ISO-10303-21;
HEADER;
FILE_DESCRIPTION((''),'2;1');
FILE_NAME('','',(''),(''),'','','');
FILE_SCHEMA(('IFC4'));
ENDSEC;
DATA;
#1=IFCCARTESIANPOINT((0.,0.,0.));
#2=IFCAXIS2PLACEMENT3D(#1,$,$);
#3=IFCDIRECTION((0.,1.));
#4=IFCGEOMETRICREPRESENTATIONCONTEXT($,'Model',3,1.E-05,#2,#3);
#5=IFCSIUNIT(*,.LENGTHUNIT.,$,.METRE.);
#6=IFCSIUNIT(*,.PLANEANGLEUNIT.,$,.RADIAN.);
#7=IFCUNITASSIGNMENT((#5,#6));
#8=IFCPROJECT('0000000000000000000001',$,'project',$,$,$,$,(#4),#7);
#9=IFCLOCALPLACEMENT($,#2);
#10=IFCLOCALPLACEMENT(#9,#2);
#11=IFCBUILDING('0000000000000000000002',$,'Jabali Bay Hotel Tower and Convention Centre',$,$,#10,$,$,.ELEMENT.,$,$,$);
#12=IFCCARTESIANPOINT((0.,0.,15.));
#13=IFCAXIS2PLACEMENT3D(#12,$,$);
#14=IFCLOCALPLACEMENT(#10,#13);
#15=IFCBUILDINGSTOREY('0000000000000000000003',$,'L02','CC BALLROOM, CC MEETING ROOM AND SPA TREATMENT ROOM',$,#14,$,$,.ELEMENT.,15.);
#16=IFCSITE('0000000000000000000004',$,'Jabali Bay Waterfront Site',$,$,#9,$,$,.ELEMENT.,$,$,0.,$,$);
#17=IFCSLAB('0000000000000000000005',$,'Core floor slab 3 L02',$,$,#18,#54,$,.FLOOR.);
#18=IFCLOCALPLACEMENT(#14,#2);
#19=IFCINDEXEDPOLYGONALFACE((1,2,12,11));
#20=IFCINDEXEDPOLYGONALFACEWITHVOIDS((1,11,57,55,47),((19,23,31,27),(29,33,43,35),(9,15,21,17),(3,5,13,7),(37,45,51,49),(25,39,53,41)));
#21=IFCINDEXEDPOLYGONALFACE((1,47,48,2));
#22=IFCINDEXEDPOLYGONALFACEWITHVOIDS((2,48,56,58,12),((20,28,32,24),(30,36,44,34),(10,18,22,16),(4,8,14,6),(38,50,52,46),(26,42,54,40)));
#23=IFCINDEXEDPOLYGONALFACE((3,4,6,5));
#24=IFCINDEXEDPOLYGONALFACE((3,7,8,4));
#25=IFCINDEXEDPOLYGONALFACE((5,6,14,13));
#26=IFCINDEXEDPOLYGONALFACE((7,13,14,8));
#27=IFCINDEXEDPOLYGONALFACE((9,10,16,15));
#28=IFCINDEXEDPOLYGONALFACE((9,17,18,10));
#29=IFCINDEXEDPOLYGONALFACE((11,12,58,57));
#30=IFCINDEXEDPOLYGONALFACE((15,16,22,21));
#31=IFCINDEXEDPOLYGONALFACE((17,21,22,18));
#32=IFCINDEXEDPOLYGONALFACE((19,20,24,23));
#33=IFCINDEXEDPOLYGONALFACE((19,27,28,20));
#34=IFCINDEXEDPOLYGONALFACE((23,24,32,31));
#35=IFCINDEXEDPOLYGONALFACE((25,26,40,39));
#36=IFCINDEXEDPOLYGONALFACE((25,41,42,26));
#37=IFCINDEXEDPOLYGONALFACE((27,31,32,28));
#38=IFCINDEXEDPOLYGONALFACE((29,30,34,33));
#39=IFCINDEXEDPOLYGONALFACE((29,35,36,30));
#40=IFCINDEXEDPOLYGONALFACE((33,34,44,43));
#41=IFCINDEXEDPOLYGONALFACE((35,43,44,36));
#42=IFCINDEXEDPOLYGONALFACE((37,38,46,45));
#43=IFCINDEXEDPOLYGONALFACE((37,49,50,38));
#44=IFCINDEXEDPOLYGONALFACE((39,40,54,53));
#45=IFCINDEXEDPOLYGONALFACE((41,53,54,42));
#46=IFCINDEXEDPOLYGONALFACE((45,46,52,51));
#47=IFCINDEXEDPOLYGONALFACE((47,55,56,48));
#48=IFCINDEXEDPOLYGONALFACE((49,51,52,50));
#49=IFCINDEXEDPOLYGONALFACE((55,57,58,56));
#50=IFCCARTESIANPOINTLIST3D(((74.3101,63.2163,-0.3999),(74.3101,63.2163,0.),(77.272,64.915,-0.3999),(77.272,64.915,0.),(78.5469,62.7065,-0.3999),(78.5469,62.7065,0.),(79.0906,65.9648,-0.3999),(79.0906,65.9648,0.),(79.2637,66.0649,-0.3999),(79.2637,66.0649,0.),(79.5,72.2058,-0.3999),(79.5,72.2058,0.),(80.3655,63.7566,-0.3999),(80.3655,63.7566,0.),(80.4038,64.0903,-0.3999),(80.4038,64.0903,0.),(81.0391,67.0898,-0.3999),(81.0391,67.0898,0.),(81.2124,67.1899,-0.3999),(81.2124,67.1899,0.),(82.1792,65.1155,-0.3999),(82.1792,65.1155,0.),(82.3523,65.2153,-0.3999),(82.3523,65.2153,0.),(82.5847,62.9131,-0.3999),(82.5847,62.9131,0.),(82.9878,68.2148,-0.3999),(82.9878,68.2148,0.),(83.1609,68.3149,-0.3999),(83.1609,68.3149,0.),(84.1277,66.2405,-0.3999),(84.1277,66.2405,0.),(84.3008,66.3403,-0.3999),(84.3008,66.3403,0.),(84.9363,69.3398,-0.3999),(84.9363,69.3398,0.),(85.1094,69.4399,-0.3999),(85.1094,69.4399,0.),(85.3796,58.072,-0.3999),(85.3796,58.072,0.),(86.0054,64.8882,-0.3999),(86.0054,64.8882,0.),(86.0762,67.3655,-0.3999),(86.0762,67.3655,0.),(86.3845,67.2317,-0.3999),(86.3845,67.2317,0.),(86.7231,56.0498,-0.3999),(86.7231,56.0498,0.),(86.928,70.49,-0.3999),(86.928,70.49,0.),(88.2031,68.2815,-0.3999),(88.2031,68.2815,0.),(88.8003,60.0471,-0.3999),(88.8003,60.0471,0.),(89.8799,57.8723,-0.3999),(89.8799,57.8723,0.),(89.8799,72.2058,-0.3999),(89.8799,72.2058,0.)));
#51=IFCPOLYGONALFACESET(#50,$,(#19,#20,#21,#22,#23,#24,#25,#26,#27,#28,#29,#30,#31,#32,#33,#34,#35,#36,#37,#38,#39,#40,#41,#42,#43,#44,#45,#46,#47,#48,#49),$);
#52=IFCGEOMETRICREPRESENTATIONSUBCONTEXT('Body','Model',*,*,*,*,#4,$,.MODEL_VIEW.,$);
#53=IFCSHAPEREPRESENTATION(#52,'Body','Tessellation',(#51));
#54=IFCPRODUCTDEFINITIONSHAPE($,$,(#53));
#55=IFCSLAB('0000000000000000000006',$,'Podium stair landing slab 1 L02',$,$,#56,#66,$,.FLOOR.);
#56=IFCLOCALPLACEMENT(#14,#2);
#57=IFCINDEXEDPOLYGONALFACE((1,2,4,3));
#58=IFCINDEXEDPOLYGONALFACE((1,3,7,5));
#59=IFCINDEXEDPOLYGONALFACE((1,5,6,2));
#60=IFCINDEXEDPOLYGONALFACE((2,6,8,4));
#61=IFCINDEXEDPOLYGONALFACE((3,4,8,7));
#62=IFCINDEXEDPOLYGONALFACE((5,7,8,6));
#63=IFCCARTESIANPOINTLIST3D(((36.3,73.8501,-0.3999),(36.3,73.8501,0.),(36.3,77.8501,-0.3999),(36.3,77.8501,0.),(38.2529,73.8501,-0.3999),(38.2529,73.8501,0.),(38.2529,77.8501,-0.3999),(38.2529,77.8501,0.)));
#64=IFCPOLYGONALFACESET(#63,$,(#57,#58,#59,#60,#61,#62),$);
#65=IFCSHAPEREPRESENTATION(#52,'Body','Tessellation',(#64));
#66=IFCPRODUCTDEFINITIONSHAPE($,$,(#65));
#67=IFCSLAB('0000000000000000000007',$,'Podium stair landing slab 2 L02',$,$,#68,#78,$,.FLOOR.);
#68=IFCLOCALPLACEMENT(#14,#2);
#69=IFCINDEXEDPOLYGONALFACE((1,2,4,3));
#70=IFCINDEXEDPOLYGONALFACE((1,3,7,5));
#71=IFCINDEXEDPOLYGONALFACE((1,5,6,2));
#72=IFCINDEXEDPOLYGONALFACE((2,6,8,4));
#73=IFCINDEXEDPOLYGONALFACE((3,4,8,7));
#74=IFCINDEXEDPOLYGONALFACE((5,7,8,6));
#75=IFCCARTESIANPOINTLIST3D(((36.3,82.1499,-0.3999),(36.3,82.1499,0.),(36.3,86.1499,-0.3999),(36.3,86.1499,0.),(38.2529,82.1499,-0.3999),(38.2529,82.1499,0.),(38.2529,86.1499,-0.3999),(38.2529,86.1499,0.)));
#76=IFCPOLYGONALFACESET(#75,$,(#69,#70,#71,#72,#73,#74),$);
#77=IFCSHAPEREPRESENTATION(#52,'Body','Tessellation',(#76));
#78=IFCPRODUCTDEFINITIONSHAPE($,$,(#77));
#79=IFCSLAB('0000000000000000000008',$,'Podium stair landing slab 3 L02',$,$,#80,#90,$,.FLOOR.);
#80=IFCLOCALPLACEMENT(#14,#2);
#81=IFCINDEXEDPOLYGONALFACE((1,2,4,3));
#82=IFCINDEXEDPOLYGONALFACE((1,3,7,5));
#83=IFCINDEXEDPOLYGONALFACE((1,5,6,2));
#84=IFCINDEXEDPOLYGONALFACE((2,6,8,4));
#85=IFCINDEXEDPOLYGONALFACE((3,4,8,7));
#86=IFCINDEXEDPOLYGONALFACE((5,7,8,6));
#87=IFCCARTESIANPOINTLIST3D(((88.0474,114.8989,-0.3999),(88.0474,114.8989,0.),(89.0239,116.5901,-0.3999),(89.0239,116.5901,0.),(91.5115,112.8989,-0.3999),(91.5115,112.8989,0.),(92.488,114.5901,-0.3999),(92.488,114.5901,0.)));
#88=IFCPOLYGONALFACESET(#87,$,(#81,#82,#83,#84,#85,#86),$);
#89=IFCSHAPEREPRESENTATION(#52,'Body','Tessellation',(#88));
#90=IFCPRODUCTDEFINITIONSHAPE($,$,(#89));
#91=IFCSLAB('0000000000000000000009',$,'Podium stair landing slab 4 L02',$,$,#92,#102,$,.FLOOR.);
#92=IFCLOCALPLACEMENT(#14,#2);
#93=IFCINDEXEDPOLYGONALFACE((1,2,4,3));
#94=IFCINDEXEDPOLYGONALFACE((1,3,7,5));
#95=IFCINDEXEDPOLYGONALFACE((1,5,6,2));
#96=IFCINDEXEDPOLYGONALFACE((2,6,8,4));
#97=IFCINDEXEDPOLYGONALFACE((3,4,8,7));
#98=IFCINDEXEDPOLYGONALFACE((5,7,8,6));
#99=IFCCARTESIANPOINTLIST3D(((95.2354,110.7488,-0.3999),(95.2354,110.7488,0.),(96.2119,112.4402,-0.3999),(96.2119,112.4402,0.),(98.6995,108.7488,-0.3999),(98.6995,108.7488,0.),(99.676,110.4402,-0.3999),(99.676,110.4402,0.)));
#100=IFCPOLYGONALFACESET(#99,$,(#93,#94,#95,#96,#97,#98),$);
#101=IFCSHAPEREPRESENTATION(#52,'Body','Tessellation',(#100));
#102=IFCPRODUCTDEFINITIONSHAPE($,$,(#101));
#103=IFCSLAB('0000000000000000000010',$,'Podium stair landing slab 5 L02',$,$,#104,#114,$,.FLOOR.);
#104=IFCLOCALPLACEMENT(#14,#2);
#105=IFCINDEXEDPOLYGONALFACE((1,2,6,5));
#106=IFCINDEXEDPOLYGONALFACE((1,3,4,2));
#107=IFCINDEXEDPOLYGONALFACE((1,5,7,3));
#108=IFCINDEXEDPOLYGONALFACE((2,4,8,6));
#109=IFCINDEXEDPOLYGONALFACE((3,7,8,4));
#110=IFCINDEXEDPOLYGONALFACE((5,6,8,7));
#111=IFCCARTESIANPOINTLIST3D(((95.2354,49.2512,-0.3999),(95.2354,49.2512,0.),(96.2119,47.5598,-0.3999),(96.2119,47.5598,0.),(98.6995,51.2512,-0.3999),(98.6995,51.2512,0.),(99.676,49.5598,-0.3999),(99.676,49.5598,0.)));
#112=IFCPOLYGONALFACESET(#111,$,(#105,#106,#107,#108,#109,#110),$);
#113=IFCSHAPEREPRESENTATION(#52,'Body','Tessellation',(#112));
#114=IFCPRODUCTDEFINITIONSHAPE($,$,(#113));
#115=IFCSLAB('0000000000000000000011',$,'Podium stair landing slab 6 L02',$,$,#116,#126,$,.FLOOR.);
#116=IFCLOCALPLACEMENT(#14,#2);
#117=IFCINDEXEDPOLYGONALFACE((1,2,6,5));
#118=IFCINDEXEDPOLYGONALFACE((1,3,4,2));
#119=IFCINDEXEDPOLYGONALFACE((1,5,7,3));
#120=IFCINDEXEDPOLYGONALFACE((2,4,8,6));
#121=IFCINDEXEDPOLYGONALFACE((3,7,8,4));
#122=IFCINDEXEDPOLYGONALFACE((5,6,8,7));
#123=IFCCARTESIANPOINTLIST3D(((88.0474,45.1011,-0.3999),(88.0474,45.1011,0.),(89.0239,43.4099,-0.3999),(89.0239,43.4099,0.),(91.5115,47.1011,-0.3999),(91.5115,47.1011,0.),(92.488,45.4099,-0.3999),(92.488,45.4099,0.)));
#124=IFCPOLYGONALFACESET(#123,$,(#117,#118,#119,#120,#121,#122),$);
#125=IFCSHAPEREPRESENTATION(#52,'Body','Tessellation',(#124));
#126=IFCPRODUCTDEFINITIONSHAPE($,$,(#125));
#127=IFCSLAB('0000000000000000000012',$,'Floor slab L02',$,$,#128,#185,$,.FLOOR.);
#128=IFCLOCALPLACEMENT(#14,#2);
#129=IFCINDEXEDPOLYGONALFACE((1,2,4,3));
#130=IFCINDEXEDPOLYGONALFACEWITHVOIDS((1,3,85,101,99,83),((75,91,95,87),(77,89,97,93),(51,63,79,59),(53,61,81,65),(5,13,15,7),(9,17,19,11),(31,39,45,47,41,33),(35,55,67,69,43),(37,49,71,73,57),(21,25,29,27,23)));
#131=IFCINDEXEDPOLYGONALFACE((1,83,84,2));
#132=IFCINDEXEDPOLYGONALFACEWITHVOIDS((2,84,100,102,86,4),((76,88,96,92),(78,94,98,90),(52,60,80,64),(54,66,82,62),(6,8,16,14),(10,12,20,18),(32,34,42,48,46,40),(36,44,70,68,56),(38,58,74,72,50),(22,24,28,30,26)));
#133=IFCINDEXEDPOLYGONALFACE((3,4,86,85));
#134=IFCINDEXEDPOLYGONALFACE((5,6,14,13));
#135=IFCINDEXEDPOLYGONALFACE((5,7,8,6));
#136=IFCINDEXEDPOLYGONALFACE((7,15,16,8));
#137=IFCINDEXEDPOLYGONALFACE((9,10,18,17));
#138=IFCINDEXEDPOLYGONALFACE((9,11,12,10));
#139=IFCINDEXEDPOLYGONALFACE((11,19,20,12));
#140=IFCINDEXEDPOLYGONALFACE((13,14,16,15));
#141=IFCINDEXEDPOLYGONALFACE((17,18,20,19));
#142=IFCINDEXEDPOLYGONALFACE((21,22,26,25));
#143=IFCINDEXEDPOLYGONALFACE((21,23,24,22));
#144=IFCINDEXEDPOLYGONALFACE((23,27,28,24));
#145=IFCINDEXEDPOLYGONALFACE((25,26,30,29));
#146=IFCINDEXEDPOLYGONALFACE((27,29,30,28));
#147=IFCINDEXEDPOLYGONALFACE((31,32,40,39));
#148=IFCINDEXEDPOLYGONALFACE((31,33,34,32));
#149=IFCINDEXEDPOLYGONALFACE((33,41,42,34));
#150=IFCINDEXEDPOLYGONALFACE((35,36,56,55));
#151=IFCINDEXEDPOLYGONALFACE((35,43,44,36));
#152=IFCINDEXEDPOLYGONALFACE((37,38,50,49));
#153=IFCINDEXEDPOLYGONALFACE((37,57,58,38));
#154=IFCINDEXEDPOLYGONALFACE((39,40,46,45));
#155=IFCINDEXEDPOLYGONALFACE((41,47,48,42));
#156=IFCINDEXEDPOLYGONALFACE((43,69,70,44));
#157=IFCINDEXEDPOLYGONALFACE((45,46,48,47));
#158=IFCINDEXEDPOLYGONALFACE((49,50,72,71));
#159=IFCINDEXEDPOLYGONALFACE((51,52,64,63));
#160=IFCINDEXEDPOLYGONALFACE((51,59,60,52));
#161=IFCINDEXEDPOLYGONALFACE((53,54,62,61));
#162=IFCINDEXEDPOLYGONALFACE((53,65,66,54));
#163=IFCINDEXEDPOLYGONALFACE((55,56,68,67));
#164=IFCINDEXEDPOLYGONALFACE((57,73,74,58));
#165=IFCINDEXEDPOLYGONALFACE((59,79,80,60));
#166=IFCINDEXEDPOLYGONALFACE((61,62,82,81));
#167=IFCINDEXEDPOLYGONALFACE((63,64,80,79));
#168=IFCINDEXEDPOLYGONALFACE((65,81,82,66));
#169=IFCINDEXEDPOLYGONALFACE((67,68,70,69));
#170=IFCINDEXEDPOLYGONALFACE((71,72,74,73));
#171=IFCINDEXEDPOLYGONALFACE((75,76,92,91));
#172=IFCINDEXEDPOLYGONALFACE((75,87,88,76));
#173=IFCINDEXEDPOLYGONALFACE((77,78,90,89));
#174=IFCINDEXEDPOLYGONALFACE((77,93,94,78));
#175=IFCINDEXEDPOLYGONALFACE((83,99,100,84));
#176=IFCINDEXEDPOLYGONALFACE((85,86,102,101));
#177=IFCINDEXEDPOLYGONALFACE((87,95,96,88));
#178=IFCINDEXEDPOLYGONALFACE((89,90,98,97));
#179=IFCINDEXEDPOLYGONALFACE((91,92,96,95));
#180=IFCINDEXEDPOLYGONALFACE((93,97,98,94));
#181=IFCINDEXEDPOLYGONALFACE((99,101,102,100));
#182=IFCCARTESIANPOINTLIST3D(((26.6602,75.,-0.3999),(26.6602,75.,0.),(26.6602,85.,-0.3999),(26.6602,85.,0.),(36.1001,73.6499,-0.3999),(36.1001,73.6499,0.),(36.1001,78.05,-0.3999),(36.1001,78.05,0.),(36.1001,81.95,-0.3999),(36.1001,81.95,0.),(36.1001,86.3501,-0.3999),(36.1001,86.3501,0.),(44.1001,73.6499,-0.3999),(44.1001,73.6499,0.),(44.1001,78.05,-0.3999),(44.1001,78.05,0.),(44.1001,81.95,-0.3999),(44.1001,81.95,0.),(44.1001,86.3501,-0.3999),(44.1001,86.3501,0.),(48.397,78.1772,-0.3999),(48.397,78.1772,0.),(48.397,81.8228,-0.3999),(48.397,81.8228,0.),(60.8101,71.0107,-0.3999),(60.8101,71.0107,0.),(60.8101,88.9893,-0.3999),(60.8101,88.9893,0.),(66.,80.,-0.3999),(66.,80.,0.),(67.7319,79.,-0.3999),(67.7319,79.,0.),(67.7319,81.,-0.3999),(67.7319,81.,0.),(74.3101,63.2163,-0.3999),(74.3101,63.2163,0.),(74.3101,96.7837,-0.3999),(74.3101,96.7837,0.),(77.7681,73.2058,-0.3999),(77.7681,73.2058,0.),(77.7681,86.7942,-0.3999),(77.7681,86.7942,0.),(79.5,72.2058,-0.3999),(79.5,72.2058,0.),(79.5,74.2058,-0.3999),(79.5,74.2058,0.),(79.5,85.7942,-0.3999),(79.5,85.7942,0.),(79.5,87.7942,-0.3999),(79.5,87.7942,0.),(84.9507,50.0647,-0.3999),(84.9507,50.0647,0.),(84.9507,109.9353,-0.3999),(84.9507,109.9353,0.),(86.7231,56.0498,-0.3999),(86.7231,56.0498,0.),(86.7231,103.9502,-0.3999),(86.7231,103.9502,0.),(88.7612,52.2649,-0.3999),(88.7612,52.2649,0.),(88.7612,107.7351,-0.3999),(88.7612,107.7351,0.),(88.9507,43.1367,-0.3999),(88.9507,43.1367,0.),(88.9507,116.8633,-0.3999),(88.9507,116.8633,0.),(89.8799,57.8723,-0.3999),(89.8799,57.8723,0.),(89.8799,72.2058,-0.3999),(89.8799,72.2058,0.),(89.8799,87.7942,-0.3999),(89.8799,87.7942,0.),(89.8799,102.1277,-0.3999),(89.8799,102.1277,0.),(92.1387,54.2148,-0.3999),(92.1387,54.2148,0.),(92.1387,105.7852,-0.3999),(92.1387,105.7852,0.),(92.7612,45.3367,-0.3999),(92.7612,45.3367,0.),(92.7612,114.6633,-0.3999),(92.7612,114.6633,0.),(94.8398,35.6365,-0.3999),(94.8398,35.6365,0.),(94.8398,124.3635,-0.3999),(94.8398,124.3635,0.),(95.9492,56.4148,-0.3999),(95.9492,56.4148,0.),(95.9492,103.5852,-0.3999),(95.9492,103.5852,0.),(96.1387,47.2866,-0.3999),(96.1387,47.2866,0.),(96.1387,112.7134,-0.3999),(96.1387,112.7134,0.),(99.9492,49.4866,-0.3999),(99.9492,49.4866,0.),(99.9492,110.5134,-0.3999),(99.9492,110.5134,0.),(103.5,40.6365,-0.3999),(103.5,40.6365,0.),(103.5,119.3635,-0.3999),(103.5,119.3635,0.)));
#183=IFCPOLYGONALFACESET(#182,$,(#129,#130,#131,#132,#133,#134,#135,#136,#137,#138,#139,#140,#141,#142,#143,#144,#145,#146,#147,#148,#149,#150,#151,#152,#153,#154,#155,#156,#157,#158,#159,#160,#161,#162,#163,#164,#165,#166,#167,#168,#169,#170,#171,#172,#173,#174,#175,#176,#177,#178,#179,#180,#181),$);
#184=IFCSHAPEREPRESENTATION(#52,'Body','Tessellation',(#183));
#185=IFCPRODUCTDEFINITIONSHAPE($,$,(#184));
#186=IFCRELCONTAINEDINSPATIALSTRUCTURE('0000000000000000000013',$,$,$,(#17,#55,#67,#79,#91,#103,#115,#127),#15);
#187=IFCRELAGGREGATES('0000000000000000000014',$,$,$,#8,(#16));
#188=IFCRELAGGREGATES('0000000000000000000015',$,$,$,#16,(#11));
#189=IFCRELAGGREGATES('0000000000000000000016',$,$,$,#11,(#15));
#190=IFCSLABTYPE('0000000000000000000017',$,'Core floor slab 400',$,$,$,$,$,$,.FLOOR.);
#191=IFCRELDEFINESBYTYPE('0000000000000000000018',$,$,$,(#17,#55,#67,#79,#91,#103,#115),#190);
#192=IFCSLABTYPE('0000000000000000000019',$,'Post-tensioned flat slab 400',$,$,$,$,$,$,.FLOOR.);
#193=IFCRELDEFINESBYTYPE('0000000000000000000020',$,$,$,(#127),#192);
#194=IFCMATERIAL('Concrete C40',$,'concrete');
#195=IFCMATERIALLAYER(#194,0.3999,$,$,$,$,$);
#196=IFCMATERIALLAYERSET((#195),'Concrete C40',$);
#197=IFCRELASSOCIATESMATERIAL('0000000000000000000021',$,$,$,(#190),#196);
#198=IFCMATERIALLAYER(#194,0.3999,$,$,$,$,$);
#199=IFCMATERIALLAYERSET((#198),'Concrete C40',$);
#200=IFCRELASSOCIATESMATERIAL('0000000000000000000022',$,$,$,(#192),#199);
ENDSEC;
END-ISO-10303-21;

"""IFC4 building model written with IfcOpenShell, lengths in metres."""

from ifc_helpers import new_model, si_unit, direction, frame, origin, place, context, subcontext, project, spatial, polyline, outline, extrude, material, layer, layer_set, type_object, element, save


model = new_model("IFC4")

# Units and contexts
model_context = context("Model", 3, precision=1e-05, world=origin(), true_north=direction((0.0, 1.0)))
body_context = subcontext(model_context, "Body", "Model", "MODEL_VIEW")
ifc_project = project(units=[si_unit("LENGTHUNIT", "METRE"), si_unit("PLANEANGLEUNIT", "RADIAN")], contexts=[model_context])

# Site, building, storey
site_placement = place(None, origin())
site = spatial("IfcSite", under=ifc_project, at=site_placement, Name="Jabali Bay Waterfront Site", CompositionType="ELEMENT", RefElevation=0.0)
building_placement = place(site_placement, origin())
building = spatial("IfcBuilding", under=site, at=building_placement, Name="Jabali Bay Hotel Tower and Convention Centre", CompositionType="ELEMENT")
storey_placement = place(building_placement, frame((0.0, 0.0, 15.0)))
storey = spatial("IfcBuildingStorey", under=building, at=storey_placement, Name="L02", Description="CC BALLROOM, CC MEETING ROOM AND SPA TREATMENT ROOM", CompositionType="ELEMENT", Elevation=15.0)

# Shared definitions
ifc_material = material(Name="Concrete C40", Category="concrete")

# Slabs
ifc_layer_1 = layer(ifc_material, 0.3999)
ifc_layer_set_1 = layer_set([ifc_layer_1], Name="Concrete C40")
slab_type_1 = type_object("IfcSlabType", Name="Core floor slab 400", PredefinedType="FLOOR", material=ifc_layer_set_1)
slab_1_placement = place(storey_placement, frame((0.0, 0.0, -0.3999)))
element("IfcSlab", 1, at=slab_1_placement, inside=storey, type_object=slab_type_1, Name="Core floor slab 3 L02", PredefinedType="FLOOR", context=body_context, shape_type="SweptSolid", body=[
    extrude(outline(polyline([(79.5, 72.2058), (74.3101, 63.2163), (86.7231, 56.0498), (89.8799, 57.8723), (89.8799, 72.2058), (79.5, 72.2058)]), holes=[polyline([(82.5847, 62.9131), (85.3796, 58.072), (88.8003, 60.0471), (86.0054, 64.8882), (82.5847, 62.9131)]), polyline([(80.3655, 63.7566), (79.0906, 65.9648), (77.272, 64.915), (78.5469, 62.7065), (80.3655, 63.7566)]), polyline([(82.1792, 65.1155), (81.0391, 67.0898), (79.2637, 66.0649), (80.4038, 64.0903), (82.1792, 65.1155)]), polyline([(82.9878, 68.2148), (81.2124, 67.1899), (82.3523, 65.2153), (84.1277, 66.2405), (82.9878, 68.2148)]), polyline([(86.0762, 67.3655), (84.9363, 69.3398), (83.1609, 68.3149), (84.3008, 66.3403), (86.0762, 67.3655)]), polyline([(88.2031, 68.2815), (86.928, 70.49), (85.1094, 69.4399), (86.3845, 67.2317), (88.2031, 68.2815)])]), origin(), (0.0, 0.0, 1.0), 0.3999),
])
slab_2_placement = place(storey_placement, frame((0.0, 0.0, -0.3999)))
element("IfcSlab", 2, at=slab_2_placement, inside=storey, type_object=slab_type_1, Name="Podium stair landing slab 1 L02", PredefinedType="FLOOR", context=body_context, shape_type="SweptSolid", body=[
    extrude(outline(polyline([(36.3, 73.8501), (38.2529, 73.8501), (38.2529, 77.8501), (36.3, 77.8501), (36.3, 73.8501)])), origin(), (0.0, 0.0, 1.0), 0.3999),
])
slab_3_placement = place(storey_placement, frame((0.0, 0.0, -0.3999)))
element("IfcSlab", 3, at=slab_3_placement, inside=storey, type_object=slab_type_1, Name="Podium stair landing slab 2 L02", PredefinedType="FLOOR", context=body_context, shape_type="SweptSolid", body=[
    extrude(outline(polyline([(36.3, 82.1499), (38.2529, 82.1499), (38.2529, 86.1499), (36.3, 86.1499), (36.3, 82.1499)])), origin(), (0.0, 0.0, 1.0), 0.3999),
])
slab_4_placement = place(storey_placement, frame((0.0, 0.0, -0.3999)))
element("IfcSlab", 4, at=slab_4_placement, inside=storey, type_object=slab_type_1, Name="Podium stair landing slab 3 L02", PredefinedType="FLOOR", context=body_context, shape_type="SweptSolid", body=[
    extrude(outline(polyline([(89.0239, 116.5901), (88.0474, 114.8989), (91.5115, 112.8989), (92.488, 114.5901), (89.0239, 116.5901)])), origin(), (0.0, 0.0, 1.0), 0.3999),
])
slab_5_placement = place(storey_placement, frame((0.0, 0.0, -0.3999)))
element("IfcSlab", 5, at=slab_5_placement, inside=storey, type_object=slab_type_1, Name="Podium stair landing slab 4 L02", PredefinedType="FLOOR", context=body_context, shape_type="SweptSolid", body=[
    extrude(outline(polyline([(96.2119, 112.4402), (95.2354, 110.7488), (98.6995, 108.7488), (99.676, 110.4402), (96.2119, 112.4402)])), origin(), (0.0, 0.0, 1.0), 0.3999),
])
slab_6_placement = place(storey_placement, frame((0.0, 0.0, -0.3999)))
element("IfcSlab", 6, at=slab_6_placement, inside=storey, type_object=slab_type_1, Name="Podium stair landing slab 5 L02", PredefinedType="FLOOR", context=body_context, shape_type="SweptSolid", body=[
    extrude(outline(polyline([(99.676, 49.5598), (98.6995, 51.2512), (95.2354, 49.2512), (96.2119, 47.5598), (99.676, 49.5598)])), origin(), (0.0, 0.0, 1.0), 0.3999),
])
slab_7_placement = place(storey_placement, frame((0.0, 0.0, -0.3999)))
element("IfcSlab", 7, at=slab_7_placement, inside=storey, type_object=slab_type_1, Name="Podium stair landing slab 6 L02", PredefinedType="FLOOR", context=body_context, shape_type="SweptSolid", body=[
    extrude(outline(polyline([(92.488, 45.4099), (91.5115, 47.1011), (88.0474, 45.1011), (89.0239, 43.4099), (92.488, 45.4099)])), origin(), (0.0, 0.0, 1.0), 0.3999),
])
ifc_layer_2 = layer(ifc_material, 0.3999)
ifc_layer_set_2 = layer_set([ifc_layer_2], Name="Concrete C40")
slab_type_2 = type_object("IfcSlabType", Name="Post-tensioned flat slab 400", PredefinedType="FLOOR", material=ifc_layer_set_2)
slab_8_placement = place(storey_placement, frame((0.0, 0.0, -0.3999)))
element("IfcSlab", 8, at=slab_8_placement, inside=storey, type_object=slab_type_2, Name="Floor slab L02", PredefinedType="FLOOR", context=body_context, shape_type="SweptSolid", body=[
    extrude(outline(polyline([(94.8398, 124.3635), (103.5, 119.3635), (103.5, 40.6365), (94.8398, 35.6365), (26.6602, 75.0), (26.6602, 85.0), (94.8398, 124.3635)]), holes=[polyline([(67.7319, 79.0), (77.7681, 73.2058), (79.5, 74.2058), (79.5, 85.7942), (77.7681, 86.7942), (67.7319, 81.0), (67.7319, 79.0)]), polyline([(60.8101, 71.0107), (66.0, 80.0), (60.8101, 88.9893), (48.397, 81.8228), (48.397, 78.1772), (60.8101, 71.0107)]), polyline([(86.7231, 103.9502), (74.3101, 96.7837), (79.5, 87.7942), (89.8799, 87.7942), (89.8799, 102.1277), (86.7231, 103.9502)]), polyline([(86.7231, 56.0498), (89.8799, 57.8723), (89.8799, 72.2058), (79.5, 72.2058), (74.3101, 63.2163), (86.7231, 56.0498)]), polyline([(44.1001, 73.6499), (44.1001, 78.05), (36.1001, 78.05), (36.1001, 73.6499), (44.1001, 73.6499)]), polyline([(36.1001, 81.95), (44.1001, 81.95), (44.1001, 86.3501), (36.1001, 86.3501), (36.1001, 81.95)]), polyline([(92.7612, 114.6633), (88.9507, 116.8633), (84.9507, 109.9353), (88.7612, 107.7351), (92.7612, 114.6633)]), polyline([(95.9492, 103.5852), (99.9492, 110.5134), (96.1387, 112.7134), (92.1387, 105.7852), (95.9492, 103.5852)]), polyline([(95.9492, 56.4148), (92.1387, 54.2148), (96.1387, 47.2866), (99.9492, 49.4866), (95.9492, 56.4148)]), polyline([(92.7612, 45.3367), (88.7612, 52.2649), (84.9507, 50.0647), (88.9507, 43.1367), (92.7612, 45.3367)])]), origin(), (0.0, 0.0, 1.0), 0.3999),
])

save(model, "model.ifc")
